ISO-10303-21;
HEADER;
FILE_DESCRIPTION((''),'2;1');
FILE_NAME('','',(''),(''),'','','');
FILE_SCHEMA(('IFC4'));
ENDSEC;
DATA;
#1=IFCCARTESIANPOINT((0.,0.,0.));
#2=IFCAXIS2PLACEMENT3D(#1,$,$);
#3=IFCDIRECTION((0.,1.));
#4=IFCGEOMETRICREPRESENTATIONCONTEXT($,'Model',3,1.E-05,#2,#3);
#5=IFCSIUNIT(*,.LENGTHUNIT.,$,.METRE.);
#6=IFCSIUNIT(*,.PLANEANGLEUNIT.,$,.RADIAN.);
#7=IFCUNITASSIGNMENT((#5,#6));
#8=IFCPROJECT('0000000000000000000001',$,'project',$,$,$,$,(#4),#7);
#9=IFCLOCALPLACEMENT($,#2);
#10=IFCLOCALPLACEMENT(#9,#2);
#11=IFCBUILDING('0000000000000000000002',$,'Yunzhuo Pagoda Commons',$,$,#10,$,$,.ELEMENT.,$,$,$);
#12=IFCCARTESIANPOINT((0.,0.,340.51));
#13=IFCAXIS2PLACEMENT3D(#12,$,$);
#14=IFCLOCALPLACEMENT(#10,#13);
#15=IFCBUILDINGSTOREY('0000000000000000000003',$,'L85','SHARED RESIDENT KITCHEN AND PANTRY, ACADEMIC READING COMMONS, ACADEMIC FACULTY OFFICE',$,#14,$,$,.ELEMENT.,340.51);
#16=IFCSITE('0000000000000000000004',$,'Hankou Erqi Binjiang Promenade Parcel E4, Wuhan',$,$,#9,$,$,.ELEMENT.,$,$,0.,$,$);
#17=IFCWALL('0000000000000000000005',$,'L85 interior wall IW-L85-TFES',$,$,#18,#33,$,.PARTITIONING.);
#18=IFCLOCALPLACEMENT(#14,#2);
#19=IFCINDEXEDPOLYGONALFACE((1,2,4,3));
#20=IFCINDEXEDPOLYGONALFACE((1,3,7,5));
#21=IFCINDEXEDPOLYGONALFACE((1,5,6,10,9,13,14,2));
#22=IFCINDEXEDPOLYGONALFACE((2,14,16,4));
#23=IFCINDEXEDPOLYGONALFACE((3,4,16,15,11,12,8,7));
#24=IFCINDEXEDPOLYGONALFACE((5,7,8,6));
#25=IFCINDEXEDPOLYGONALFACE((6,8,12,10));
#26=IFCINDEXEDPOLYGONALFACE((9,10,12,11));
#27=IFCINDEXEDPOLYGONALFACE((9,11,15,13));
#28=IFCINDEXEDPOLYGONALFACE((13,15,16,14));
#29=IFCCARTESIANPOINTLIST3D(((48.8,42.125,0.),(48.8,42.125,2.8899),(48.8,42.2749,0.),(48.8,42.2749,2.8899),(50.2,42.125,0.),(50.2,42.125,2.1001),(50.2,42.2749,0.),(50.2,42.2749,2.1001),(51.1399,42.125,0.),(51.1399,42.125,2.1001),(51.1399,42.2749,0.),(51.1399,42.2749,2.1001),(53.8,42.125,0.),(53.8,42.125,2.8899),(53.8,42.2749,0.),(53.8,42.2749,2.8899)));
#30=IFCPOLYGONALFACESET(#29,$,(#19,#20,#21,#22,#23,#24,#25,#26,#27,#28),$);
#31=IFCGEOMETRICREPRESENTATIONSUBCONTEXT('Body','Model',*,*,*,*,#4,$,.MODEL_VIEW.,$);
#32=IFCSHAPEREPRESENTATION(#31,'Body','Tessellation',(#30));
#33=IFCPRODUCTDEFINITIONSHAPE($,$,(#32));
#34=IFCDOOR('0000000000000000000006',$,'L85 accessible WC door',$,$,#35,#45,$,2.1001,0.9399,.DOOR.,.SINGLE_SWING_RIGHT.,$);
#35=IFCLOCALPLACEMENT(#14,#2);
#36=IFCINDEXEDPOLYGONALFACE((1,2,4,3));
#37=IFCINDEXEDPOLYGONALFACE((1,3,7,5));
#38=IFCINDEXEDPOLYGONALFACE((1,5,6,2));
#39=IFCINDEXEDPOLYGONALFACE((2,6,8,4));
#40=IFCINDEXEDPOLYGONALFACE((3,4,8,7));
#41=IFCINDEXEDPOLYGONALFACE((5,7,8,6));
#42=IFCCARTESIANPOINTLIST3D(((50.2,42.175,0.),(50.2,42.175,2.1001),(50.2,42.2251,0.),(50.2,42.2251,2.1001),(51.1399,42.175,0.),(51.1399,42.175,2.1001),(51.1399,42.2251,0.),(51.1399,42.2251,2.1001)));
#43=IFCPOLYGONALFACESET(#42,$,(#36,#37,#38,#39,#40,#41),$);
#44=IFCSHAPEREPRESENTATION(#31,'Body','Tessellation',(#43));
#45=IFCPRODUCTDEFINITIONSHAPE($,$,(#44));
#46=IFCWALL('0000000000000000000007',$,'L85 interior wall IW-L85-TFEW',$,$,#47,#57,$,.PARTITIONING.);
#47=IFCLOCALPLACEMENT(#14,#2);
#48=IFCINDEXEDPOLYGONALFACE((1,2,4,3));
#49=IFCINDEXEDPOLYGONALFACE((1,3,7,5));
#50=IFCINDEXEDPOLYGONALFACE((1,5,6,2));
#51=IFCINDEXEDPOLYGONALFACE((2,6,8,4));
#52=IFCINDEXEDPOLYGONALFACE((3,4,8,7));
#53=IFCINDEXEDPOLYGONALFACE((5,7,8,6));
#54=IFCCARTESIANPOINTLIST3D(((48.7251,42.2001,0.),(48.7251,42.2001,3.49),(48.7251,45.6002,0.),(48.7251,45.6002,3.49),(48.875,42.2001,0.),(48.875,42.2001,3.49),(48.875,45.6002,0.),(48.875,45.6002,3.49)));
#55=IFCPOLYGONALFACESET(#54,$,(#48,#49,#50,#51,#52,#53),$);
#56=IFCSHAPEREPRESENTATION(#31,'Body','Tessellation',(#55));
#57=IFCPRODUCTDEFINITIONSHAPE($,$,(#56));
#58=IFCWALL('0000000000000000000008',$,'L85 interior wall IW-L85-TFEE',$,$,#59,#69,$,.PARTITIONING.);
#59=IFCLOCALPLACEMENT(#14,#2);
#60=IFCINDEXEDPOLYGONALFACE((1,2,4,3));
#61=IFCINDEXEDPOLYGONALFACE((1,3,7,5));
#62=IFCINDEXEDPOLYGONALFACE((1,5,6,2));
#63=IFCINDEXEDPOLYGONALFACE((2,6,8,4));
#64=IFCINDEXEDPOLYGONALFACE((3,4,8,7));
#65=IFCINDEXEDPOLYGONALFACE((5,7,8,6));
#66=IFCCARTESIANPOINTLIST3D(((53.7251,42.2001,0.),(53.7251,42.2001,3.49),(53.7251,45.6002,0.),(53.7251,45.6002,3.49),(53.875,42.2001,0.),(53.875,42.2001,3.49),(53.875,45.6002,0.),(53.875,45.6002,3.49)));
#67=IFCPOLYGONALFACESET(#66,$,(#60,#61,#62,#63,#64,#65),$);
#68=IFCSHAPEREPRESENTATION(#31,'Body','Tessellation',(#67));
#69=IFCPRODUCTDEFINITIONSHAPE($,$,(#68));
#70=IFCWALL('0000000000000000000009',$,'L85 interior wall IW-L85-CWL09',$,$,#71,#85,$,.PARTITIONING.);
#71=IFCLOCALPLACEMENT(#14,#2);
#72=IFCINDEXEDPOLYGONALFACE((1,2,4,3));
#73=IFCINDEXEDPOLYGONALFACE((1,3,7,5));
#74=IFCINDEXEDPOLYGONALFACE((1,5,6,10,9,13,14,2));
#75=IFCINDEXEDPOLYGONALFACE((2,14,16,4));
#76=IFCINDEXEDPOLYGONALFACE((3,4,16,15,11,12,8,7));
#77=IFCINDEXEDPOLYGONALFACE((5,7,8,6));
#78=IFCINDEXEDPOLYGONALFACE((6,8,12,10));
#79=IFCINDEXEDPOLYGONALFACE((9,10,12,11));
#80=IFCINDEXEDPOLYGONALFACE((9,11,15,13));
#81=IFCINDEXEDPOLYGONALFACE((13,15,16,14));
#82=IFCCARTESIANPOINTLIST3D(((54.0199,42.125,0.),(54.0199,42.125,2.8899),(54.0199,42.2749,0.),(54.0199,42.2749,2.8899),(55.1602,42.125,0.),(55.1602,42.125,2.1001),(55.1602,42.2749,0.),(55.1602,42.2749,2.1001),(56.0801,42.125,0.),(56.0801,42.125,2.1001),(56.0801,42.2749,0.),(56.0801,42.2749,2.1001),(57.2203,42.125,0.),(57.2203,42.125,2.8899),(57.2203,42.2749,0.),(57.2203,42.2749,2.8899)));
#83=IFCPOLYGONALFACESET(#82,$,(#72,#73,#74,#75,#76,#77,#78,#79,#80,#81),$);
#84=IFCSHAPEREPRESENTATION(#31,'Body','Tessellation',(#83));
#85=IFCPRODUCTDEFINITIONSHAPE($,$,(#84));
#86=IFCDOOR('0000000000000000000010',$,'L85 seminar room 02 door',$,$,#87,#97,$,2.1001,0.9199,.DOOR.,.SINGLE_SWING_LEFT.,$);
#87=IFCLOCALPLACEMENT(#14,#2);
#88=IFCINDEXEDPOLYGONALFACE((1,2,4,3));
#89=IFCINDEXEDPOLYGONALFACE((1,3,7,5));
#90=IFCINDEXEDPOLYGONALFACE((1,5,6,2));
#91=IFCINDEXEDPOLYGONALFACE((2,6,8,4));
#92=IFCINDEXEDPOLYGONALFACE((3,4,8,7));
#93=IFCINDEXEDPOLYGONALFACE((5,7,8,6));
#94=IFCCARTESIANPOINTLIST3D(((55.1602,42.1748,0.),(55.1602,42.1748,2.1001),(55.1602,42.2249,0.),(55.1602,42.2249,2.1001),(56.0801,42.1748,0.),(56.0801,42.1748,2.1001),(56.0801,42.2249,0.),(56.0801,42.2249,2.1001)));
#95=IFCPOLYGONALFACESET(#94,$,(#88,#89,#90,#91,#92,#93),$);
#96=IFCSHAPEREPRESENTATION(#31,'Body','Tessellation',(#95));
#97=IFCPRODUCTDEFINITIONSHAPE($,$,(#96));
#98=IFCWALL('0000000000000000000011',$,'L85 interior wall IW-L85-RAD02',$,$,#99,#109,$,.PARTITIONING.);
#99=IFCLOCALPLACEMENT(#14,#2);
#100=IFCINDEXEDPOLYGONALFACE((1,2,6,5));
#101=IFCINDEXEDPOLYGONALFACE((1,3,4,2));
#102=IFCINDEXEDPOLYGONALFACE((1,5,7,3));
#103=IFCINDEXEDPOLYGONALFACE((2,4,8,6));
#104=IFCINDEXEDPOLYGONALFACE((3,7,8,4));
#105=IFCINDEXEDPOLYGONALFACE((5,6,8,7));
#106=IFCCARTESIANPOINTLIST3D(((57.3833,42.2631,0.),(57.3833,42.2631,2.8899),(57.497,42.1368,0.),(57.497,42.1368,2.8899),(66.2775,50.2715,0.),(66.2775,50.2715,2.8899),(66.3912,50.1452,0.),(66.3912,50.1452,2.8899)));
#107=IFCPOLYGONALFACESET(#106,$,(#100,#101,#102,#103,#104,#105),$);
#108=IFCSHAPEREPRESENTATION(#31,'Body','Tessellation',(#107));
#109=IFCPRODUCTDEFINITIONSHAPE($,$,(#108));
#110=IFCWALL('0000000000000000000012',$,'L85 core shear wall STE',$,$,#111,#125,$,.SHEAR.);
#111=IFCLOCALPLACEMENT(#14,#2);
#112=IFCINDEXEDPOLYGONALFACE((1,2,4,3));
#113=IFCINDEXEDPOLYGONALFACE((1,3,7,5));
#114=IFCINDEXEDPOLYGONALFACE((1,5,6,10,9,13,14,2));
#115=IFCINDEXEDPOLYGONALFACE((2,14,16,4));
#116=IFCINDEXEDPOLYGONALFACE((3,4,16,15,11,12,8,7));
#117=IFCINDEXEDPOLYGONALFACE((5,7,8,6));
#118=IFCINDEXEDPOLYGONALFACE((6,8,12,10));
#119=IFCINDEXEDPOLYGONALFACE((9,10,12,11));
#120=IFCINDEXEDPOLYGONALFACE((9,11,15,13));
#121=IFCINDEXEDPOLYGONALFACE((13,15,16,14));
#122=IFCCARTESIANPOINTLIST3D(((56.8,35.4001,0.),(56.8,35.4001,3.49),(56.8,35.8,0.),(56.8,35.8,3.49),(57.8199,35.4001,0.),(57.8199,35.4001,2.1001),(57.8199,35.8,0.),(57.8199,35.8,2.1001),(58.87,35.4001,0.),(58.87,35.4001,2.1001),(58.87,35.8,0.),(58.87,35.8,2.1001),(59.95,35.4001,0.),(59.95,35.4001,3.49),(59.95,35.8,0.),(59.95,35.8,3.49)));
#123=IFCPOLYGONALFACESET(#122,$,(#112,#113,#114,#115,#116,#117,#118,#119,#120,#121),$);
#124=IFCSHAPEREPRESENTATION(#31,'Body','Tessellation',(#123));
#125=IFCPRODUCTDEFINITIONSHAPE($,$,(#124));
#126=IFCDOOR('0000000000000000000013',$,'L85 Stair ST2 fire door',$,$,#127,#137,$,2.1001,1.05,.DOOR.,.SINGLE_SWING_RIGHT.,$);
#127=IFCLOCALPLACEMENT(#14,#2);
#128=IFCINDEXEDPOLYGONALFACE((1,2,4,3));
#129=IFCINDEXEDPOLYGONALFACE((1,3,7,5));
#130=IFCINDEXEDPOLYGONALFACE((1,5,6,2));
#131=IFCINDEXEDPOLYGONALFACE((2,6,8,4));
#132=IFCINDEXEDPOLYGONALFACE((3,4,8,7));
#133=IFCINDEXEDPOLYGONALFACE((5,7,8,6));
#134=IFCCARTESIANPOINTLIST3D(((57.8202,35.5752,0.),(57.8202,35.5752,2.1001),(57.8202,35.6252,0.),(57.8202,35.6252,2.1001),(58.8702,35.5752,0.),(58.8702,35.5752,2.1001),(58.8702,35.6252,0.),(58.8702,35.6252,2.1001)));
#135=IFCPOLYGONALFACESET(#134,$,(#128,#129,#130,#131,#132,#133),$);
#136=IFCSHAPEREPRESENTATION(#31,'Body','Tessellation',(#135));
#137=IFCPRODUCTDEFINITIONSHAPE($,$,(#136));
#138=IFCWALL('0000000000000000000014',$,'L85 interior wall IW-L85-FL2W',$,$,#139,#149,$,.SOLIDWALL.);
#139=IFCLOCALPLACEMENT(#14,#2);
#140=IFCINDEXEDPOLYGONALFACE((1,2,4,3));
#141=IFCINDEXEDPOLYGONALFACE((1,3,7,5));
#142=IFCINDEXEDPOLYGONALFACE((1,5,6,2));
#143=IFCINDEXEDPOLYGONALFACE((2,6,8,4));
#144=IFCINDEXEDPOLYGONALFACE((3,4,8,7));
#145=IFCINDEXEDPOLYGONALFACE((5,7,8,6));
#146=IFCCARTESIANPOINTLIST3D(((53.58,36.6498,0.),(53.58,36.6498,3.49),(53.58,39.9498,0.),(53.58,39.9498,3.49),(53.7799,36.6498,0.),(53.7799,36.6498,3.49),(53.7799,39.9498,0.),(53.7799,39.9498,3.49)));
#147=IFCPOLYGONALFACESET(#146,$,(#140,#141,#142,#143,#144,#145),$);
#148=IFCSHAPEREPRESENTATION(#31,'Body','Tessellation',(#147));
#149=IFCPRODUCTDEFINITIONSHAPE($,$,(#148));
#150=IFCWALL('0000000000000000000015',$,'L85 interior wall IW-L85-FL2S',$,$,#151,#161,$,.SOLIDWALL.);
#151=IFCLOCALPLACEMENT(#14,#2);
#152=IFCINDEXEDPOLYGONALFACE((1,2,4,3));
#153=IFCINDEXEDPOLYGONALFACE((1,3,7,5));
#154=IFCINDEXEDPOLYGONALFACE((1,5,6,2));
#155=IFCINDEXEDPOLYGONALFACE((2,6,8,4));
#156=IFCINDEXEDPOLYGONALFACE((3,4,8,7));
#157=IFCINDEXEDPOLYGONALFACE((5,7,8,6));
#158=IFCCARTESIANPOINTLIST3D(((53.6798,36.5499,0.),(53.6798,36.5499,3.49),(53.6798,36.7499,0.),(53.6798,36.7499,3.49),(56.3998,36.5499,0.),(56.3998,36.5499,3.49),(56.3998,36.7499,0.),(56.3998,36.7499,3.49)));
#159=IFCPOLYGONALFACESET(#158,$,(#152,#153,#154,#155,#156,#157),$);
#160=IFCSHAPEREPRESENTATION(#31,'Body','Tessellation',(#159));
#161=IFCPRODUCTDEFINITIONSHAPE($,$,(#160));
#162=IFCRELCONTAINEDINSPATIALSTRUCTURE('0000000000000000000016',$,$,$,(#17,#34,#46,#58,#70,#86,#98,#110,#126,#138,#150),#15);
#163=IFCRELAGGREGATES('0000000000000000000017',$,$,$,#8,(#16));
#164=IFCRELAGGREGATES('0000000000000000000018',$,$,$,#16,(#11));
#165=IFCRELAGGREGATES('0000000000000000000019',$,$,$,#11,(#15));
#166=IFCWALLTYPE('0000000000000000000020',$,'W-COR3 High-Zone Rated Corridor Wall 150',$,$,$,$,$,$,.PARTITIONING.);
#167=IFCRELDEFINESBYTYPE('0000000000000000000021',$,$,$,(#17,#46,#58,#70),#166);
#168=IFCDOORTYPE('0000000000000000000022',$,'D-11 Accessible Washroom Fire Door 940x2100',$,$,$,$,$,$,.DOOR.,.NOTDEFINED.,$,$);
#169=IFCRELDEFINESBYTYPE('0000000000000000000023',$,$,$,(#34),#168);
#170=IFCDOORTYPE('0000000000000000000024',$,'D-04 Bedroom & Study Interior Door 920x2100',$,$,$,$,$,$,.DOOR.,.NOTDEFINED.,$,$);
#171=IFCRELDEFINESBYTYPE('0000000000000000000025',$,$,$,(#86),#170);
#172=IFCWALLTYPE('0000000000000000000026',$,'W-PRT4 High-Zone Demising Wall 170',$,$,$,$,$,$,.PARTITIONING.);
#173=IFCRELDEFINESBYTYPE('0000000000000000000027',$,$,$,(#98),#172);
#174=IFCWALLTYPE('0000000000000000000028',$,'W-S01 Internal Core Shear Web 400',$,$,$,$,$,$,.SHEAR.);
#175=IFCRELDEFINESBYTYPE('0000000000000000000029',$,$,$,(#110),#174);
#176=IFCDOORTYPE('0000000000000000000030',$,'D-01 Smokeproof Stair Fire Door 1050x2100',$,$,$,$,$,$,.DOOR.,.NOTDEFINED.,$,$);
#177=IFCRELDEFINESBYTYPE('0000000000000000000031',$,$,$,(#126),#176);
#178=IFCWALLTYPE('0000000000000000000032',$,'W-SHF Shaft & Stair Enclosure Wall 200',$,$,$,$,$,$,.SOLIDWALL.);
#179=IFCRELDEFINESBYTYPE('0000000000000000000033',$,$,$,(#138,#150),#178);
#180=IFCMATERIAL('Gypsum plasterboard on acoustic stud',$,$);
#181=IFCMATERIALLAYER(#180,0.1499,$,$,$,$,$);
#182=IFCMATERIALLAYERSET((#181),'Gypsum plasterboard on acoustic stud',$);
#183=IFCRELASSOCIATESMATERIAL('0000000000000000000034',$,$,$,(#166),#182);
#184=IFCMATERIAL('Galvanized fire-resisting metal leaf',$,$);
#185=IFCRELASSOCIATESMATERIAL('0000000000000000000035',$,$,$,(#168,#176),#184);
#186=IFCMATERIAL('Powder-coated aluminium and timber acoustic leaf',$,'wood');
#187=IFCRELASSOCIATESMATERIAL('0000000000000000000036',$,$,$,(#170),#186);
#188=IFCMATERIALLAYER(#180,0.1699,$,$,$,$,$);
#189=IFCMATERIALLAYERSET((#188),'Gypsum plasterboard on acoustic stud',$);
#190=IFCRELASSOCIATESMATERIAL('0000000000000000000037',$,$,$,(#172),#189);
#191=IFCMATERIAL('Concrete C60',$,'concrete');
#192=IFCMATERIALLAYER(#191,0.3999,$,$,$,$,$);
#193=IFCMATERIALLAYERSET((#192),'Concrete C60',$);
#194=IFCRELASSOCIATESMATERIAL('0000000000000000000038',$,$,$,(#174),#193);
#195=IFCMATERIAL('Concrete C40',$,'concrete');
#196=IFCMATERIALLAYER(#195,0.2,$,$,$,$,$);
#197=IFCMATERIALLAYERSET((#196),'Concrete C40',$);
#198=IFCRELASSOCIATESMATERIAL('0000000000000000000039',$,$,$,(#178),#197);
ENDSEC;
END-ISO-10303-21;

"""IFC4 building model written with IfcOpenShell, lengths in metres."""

from ifc_helpers import new_model, si_unit, direction, frame, frame_2d, origin, origin_with_axes, place, context, subcontext, project, spatial, rectangle, extrude, source, transform, mapped, material, layer, layer_set, type_object, element, fill, save


model = new_model("IFC4")

# Units and contexts
model_context = context("Model", 3, precision=1e-05, world=origin(), true_north=direction((0.0, 1.0)))
body_context = subcontext(model_context, "Body", "Model", "MODEL_VIEW")
ifc_project = project(units=[si_unit("LENGTHUNIT", "METRE"), si_unit("PLANEANGLEUNIT", "RADIAN")], contexts=[model_context])

# Site, building, storey
site_placement = place(None, origin())
site = spatial("IfcSite", under=ifc_project, at=site_placement, Name="Hankou Erqi Binjiang Promenade Parcel E4, Wuhan", CompositionType="ELEMENT", RefElevation=0.0)
building_placement = place(site_placement, origin())
building = spatial("IfcBuilding", under=site, at=building_placement, Name="Yunzhuo Pagoda Commons", CompositionType="ELEMENT")
storey_placement = place(building_placement, frame((0.0, 0.0, 340.51)))
storey = spatial("IfcBuildingStorey", under=building, at=storey_placement, Name="L85", Description="SHARED RESIDENT KITCHEN AND PANTRY, ACADEMIC READING COMMONS, ACADEMIC FACULTY OFFICE", CompositionType="ELEMENT", Elevation=340.51)

# Shared definitions
ifc_material_1 = material(Name="Galvanized fire-resisting metal leaf")
shared_shape_1 = source(origin(), body_context, "Body", "SweptSolid", [
    extrude(rectangle(XDim=1.05, YDim=2.1001, at=frame_2d((0.5249, 1.05))), frame((0.0, 0.0249, 0.0), z_axis=(0.0, -1.0, 0.0), x_axis=(1.0, 0.0, 0.0)), (0.0, 0.0, 1.0), 0.05),
])

# Shared definitions
ifc_material_2 = material(Name="Gypsum plasterboard on acoustic stud")
ifc_layer_1 = layer(ifc_material_2, 0.1499)
ifc_layer_set_1 = layer_set([ifc_layer_1], Name="Gypsum plasterboard on acoustic stud")
wall_type_1 = type_object("IfcWallType", Name="W-COR3 High-Zone Rated Corridor Wall 150", PredefinedType="PARTITIONING", material=ifc_layer_set_1)

# Wall, opening, door
wall_1_placement = place(storey_placement, frame((48.8, 42.2, 0.0), z_axis=(0.0, 0.0, 1.0), x_axis=(1.0, 0.0, 0.0)))
wall_1 = element("IfcWall", 1, at=wall_1_placement, inside=storey, type_object=wall_type_1, Name="L85 interior wall IW-L85-TFES", PredefinedType="PARTITIONING", context=body_context, shape_type="SweptSolid", body=[
    extrude(rectangle(XDim=5.0, YDim=0.1499, at=frame_2d((2.5, 0.0))), origin(), (0.0, 0.0, 1.0), 2.8899),
])
opening_1_placement = place(wall_1_placement, frame((1.3999, 0.0, 0.0)))
opening_1 = element("IfcOpeningElement", 2, at=opening_1_placement, cuts=wall_1, PredefinedType="OPENING", context=body_context, shape_type="SweptSolid", body=[
    extrude(rectangle(XDim=0.9399, YDim=2.1001, at=frame_2d((0.47, 1.05))), frame((0.0, 0.085, 0.0), z_axis=(0.0, -1.0, 0.0), x_axis=(1.0, 0.0, 0.0)), (0.0, 0.0, 1.0), 0.1699),
])
door_type_1 = type_object("IfcDoorType", Name="D-11 Accessible Washroom Fire Door 940x2100", OperationType="NOTDEFINED", PredefinedType="DOOR", material=ifc_material_1)
shared_shape_2 = source(origin(), body_context, "Body", "SweptSolid", [
    extrude(rectangle(XDim=0.9399, YDim=2.1001, at=frame_2d((0.47, 1.05))), frame((0.0, 0.0249, 0.0), z_axis=(0.0, -1.0, 0.0), x_axis=(1.0, 0.0, 0.0)), (0.0, 0.0, 1.0), 0.05),
])
door_1_placement = place(opening_1_placement, frame((0.9399, 0.0, 0.0), z_axis=(0.0, 0.0, 1.0), x_axis=(-1.0, 0.0, 0.0)))
door_1 = element("IfcDoor", 3, at=door_1_placement, inside=storey, type_object=door_type_1, Name="L85 accessible WC door", OperationType="SINGLE_SWING_RIGHT", OverallHeight=2.1001, OverallWidth=0.9399, PredefinedType="DOOR", context=body_context, shape_type="MappedRepresentation", body=[
    mapped(shared_shape_2, transform((0.0, 0.0, 0.0), scale=1.0)),
])
fill(opening_1, door_1)

# Walls
for number, where, z_axis, x_axis, name in (
    (4, (48.8, 42.2, 0.0), (0.0, 0.0, 1.0), (0.0, 1.0, 0.0), "L85 interior wall IW-L85-TFEW"),
    (5, (53.8, 42.2, 0.0), (0.0, 0.0, 1.0), (0.0, 1.0, 0.0), "L85 interior wall IW-L85-TFEE"),
):
    element("IfcWall", number, at=place(storey_placement, frame(where, z_axis=z_axis, x_axis=x_axis)), inside=storey, type_object=wall_type_1, Name=name, PredefinedType="PARTITIONING", context=body_context, shape_type="SweptSolid", body=[
        extrude(rectangle(XDim=3.4001, YDim=0.1499, at=frame_2d((1.7002, 0.0))), origin(), (0.0, 0.0, 1.0), 3.49),
    ])

# Wall, opening, door
wall_2_placement = place(storey_placement, frame((54.02, 42.2, 0.0), z_axis=(0.0, 0.0, 1.0), x_axis=(1.0, 0.0, 0.0)))
wall_2 = element("IfcWall", 6, at=wall_2_placement, inside=storey, type_object=wall_type_1, Name="L85 interior wall IW-L85-CWL09", PredefinedType="PARTITIONING", context=body_context, shape_type="SweptSolid", body=[
    extrude(rectangle(XDim=3.2004, YDim=0.1499, at=frame_2d((1.6001, 0.0))), origin(), (0.0, 0.0, 1.0), 2.8899),
])
opening_2_placement = place(wall_2_placement, frame((1.1401, 0.0, 0.0)))
opening_2 = element("IfcOpeningElement", 7, at=opening_2_placement, cuts=wall_2, PredefinedType="OPENING", context=body_context, shape_type="SweptSolid", body=[
    extrude(rectangle(XDim=0.9199, YDim=2.1001, at=frame_2d((0.46, 1.05))), frame((0.0, 0.085, 0.0), z_axis=(0.0, -1.0, 0.0), x_axis=(1.0, 0.0, 0.0)), (0.0, 0.0, 1.0), 0.1699),
])
ifc_material_3 = material(Name="Powder-coated aluminium and timber acoustic leaf", Category="wood")
door_type_2 = type_object("IfcDoorType", Name="D-04 Bedroom & Study Interior Door 920x2100", OperationType="NOTDEFINED", PredefinedType="DOOR", material=ifc_material_3)
shared_shape_3 = source(origin(), body_context, "Body", "SweptSolid", [
    extrude(rectangle(XDim=0.9199, YDim=2.1001, at=frame_2d((0.46, 1.05))), frame((0.0, 0.0249, 0.0), z_axis=(0.0, -1.0, 0.0), x_axis=(1.0, 0.0, 0.0)), (0.0, 0.0, 1.0), 0.05),
])
door_2_placement = place(opening_2_placement, origin_with_axes())
door_2 = element("IfcDoor", 8, at=door_2_placement, inside=storey, type_object=door_type_2, Name="L85 seminar room 02 door", OperationType="SINGLE_SWING_LEFT", OverallHeight=2.1001, OverallWidth=0.9199, PredefinedType="DOOR", context=body_context, shape_type="MappedRepresentation", body=[
    mapped(shared_shape_3, transform((0.0, 0.0, 0.0), scale=1.0)),
])
fill(opening_2, door_2)

# Wall
ifc_layer_2 = layer(ifc_material_2, 0.1699)
ifc_layer_set_2 = layer_set([ifc_layer_2], Name="Gypsum plasterboard on acoustic stud")
wall_type_2 = type_object("IfcWallType", Name="W-PRT4 High-Zone Demising Wall 170", PredefinedType="PARTITIONING", material=ifc_layer_set_2)
wall_3_placement = place(storey_placement, frame((57.4402, 42.2, 0.0), z_axis=(0.0, 0.0, 1.0), x_axis=(0.743142, 0.669134, 0.0)))
element("IfcWall", 9, at=wall_3_placement, inside=storey, type_object=wall_type_2, Name="L85 interior wall IW-L85-RAD02", PredefinedType="PARTITIONING", context=body_context, shape_type="SweptSolid", body=[
    extrude(rectangle(XDim=11.9683, YDim=0.1699, at=frame_2d((5.9841, 0.0))), origin(), (0.0, 0.0, 1.0), 2.8899),
])

# Wall, opening, door
ifc_material_4 = material(Name="Concrete C60", Category="concrete")
ifc_layer_3 = layer(ifc_material_4, 0.3999)
ifc_layer_set_3 = layer_set([ifc_layer_3], Name="Concrete C60")
wall_type_3 = type_object("IfcWallType", Name="W-S01 Internal Core Shear Web 400", PredefinedType="SHEAR", material=ifc_layer_set_3)
wall_4_placement = place(storey_placement, frame((56.8, 35.6001, 0.0), z_axis=(0.0, 0.0, 1.0), x_axis=(1.0, 0.0, 0.0)))
wall_4 = element("IfcWall", 10, at=wall_4_placement, inside=storey, type_object=wall_type_3, Name="L85 core shear wall STE", PredefinedType="SHEAR", context=body_context, shape_type="SweptSolid", body=[
    extrude(rectangle(XDim=3.1499, YDim=0.3999, at=frame_2d((1.575, 0.0))), origin(), (0.0, 0.0, 1.0), 3.49),
])
opening_3_placement = place(wall_4_placement, frame((1.02, 0.0, 0.0)))
opening_3 = element("IfcOpeningElement", 11, at=opening_3_placement, cuts=wall_4, PredefinedType="OPENING", context=body_context, shape_type="SweptSolid", body=[
    extrude(rectangle(XDim=1.05, YDim=2.1001, at=frame_2d((0.5249, 1.05))), frame((0.0, 0.21, 0.0), z_axis=(0.0, -1.0, 0.0), x_axis=(1.0, 0.0, 0.0)), (0.0, 0.0, 1.0), 0.4199),
])
door_type_3 = type_object("IfcDoorType", Name="D-01 Smokeproof Stair Fire Door 1050x2100", OperationType="NOTDEFINED", PredefinedType="DOOR", material=ifc_material_1)
door_3_placement = place(opening_3_placement, frame((1.05, 0.0, 0.0), z_axis=(0.0, 0.0, 1.0), x_axis=(-1.0, 0.0, 0.0)))
door_3 = element("IfcDoor", 12, at=door_3_placement, inside=storey, type_object=door_type_3, Name="L85 Stair ST2 fire door", OperationType="SINGLE_SWING_RIGHT", OverallHeight=2.1001, OverallWidth=1.05, PredefinedType="DOOR", context=body_context, shape_type="MappedRepresentation", body=[
    mapped(shared_shape_1, transform((0.0, 0.0, 0.0), scale=1.0)),
])
fill(opening_3, door_3)

# Walls
ifc_material_5 = material(Name="Concrete C40", Category="concrete")
ifc_layer_4 = layer(ifc_material_5, 0.2)
ifc_layer_set_4 = layer_set([ifc_layer_4], Name="Concrete C40")
wall_type_4 = type_object("IfcWallType", Name="W-SHF Shaft & Stair Enclosure Wall 200", PredefinedType="SOLIDWALL", material=ifc_layer_set_4)
wall_5_placement = place(storey_placement, frame((53.6799, 36.6499, 0.0), z_axis=(0.0, 0.0, 1.0), x_axis=(0.0, 1.0, 0.0)))
element("IfcWall", 13, at=wall_5_placement, inside=storey, type_object=wall_type_4, Name="L85 interior wall IW-L85-FL2W", PredefinedType="SOLIDWALL", context=body_context, shape_type="SweptSolid", body=[
    extrude(rectangle(XDim=3.3, YDim=0.2, at=frame_2d((1.6499, 0.0))), origin(), (0.0, 0.0, 1.0), 3.49),
])
wall_6_placement = place(storey_placement, frame((53.6799, 36.6499, 0.0), z_axis=(0.0, 0.0, 1.0), x_axis=(1.0, 0.0, 0.0)))
element("IfcWall", 14, at=wall_6_placement, inside=storey, type_object=wall_type_4, Name="L85 interior wall IW-L85-FL2S", PredefinedType="SOLIDWALL", context=body_context, shape_type="SweptSolid", body=[
    extrude(rectangle(XDim=2.72, YDim=0.2, at=frame_2d((1.3599, 0.0))), origin(), (0.0, 0.0, 1.0), 3.49),
])

save(model, "model.ifc")
